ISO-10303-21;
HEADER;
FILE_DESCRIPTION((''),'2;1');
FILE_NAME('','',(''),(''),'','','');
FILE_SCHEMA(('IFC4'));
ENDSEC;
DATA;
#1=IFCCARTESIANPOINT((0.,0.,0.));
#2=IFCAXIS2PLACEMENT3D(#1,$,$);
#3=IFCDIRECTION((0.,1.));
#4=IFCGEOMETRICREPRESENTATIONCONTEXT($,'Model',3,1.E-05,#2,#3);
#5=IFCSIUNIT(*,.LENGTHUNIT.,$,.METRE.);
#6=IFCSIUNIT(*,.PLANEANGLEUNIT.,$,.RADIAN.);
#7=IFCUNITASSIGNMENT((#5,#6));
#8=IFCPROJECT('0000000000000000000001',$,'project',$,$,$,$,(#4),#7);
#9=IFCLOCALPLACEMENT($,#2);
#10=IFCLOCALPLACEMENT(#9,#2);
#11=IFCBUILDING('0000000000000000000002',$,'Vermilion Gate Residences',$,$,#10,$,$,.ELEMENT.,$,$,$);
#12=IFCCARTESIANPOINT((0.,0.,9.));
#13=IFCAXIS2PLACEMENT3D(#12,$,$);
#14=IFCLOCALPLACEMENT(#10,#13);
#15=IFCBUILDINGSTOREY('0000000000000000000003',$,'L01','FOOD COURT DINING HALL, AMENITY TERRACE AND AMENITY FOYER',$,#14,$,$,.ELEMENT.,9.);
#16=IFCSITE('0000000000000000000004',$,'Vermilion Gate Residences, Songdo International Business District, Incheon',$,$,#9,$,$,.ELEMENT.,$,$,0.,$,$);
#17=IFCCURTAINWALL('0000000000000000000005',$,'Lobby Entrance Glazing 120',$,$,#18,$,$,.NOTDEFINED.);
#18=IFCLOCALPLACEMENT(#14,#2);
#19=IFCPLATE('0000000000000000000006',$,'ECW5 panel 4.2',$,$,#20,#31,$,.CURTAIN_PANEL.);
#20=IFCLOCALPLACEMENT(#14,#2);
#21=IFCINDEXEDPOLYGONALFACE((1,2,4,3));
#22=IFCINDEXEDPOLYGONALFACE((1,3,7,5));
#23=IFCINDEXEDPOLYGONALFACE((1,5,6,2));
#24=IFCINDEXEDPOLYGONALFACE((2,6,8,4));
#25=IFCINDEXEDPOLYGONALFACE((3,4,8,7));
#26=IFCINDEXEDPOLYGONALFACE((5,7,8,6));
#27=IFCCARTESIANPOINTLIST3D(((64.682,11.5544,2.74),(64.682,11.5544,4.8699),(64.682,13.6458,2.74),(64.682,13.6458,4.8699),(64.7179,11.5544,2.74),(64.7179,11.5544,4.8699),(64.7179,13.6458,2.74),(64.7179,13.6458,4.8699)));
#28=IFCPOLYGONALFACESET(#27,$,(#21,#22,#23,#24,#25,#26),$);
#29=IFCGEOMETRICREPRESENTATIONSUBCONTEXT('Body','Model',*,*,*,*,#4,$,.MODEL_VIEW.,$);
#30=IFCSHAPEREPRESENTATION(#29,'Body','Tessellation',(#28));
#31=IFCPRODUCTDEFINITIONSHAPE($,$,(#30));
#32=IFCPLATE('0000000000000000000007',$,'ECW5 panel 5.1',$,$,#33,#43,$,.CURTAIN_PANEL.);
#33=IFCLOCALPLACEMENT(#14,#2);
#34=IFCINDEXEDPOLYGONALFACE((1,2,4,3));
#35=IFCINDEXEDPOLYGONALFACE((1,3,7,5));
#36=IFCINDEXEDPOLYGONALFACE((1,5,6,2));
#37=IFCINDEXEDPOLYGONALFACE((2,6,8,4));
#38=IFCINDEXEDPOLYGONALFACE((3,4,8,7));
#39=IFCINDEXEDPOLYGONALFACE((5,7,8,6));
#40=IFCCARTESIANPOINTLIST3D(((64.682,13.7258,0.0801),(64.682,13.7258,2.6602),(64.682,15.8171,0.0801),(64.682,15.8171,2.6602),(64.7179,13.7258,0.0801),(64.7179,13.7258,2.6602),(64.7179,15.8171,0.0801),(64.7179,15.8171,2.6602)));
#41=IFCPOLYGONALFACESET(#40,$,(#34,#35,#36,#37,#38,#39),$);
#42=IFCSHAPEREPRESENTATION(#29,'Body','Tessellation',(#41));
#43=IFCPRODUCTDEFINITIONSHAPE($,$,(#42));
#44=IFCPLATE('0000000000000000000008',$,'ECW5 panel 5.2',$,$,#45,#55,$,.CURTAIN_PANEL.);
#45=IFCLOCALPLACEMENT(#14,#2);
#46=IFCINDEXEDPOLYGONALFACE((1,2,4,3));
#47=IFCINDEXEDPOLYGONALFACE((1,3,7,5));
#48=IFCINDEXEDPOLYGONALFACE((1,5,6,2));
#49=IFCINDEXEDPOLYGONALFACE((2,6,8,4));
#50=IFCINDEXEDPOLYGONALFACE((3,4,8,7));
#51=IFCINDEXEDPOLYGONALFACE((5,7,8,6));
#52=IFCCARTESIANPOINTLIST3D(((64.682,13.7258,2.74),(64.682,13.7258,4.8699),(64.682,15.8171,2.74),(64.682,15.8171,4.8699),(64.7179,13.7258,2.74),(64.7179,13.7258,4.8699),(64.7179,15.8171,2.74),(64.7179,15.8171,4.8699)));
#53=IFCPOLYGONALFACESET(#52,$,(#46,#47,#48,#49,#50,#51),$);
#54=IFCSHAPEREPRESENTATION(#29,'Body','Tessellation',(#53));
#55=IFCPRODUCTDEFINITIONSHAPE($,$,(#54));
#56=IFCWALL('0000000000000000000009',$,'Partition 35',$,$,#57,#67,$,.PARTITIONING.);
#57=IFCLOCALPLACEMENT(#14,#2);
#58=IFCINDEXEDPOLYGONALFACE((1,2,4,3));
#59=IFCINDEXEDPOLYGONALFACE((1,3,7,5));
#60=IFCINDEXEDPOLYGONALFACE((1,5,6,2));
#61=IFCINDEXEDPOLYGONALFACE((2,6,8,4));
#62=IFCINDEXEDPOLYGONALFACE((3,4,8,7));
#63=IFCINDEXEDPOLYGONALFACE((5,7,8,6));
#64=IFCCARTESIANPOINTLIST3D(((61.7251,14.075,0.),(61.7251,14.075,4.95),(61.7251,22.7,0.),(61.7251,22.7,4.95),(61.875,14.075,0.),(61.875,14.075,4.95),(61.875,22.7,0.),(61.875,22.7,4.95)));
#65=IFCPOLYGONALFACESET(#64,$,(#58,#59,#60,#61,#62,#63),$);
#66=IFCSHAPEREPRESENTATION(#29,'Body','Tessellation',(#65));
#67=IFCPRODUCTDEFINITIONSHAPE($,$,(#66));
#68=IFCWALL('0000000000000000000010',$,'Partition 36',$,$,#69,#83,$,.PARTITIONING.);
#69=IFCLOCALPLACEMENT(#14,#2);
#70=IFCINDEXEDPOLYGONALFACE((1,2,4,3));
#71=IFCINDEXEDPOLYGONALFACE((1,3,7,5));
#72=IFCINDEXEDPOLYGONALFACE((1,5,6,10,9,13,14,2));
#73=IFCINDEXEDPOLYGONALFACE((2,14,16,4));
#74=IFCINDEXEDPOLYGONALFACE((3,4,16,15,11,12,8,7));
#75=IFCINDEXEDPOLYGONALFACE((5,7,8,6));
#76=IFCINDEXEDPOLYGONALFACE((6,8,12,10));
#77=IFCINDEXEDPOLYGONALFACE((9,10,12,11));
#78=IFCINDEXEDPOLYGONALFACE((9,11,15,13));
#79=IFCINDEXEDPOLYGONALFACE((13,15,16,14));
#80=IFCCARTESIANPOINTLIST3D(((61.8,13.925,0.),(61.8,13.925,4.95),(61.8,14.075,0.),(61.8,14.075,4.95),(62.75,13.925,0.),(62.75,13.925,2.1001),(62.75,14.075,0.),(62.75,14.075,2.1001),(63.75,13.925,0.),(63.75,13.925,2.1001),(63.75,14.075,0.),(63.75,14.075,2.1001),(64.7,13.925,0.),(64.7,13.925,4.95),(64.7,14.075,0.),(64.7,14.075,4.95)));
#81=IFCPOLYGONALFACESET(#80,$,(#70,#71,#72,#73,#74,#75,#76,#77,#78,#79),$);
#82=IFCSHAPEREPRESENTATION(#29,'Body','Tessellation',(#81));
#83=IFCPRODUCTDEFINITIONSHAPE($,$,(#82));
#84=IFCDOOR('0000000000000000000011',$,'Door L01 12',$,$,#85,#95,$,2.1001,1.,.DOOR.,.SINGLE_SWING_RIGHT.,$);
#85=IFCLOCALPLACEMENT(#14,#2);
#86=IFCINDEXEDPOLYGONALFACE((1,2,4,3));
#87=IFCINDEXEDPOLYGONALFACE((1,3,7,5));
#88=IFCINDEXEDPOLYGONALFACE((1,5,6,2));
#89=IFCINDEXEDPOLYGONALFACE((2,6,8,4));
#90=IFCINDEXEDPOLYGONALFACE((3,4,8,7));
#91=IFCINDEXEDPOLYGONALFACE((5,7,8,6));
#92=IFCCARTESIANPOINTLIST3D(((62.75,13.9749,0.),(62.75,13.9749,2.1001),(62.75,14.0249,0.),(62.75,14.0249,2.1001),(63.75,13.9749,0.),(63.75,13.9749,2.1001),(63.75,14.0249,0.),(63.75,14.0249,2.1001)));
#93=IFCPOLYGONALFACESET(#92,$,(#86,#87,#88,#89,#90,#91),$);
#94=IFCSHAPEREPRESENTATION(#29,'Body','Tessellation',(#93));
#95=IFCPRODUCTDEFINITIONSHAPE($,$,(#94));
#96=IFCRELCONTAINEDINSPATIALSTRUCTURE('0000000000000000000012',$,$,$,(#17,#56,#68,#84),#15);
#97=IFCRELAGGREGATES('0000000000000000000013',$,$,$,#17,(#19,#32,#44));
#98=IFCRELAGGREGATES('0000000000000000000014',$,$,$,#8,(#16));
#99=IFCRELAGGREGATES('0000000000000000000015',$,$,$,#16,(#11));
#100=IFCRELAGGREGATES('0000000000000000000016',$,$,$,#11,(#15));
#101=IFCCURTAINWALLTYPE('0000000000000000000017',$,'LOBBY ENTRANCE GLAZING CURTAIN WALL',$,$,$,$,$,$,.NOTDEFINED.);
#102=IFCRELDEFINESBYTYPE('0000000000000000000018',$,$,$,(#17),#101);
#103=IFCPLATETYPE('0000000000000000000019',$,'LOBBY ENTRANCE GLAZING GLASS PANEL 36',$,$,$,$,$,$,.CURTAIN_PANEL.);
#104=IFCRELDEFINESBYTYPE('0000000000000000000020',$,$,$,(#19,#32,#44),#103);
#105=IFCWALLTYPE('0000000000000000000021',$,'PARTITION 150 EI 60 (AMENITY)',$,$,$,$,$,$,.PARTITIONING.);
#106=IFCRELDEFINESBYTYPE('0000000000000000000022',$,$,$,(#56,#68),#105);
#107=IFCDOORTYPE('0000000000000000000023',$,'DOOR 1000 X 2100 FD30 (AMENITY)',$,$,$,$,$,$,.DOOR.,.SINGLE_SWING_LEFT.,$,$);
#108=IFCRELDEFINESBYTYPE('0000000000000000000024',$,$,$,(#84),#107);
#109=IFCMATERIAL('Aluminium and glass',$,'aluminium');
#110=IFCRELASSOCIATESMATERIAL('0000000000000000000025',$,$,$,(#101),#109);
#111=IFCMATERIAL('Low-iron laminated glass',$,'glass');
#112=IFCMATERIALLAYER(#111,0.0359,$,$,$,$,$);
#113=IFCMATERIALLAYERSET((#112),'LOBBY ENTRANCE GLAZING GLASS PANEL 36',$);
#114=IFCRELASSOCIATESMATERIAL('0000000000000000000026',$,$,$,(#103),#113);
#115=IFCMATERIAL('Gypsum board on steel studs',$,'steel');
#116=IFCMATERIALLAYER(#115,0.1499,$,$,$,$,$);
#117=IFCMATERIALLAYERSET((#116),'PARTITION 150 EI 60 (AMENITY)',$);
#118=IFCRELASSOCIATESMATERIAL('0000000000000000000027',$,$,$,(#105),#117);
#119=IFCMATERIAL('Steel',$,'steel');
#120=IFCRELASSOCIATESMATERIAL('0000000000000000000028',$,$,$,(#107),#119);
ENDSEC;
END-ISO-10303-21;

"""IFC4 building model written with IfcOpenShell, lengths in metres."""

from ifc_helpers import new_model, si_unit, direction, frame, frame_2d, origin, origin_2d, place, context, subcontext, project, spatial, rectangle, extrude, material, layer, layer_set, type_object, element, fill, aggregate, save


model = new_model("IFC4")

# Units and contexts
model_context = context("Model", 3, precision=1e-05, world=origin(), true_north=direction((0.0, 1.0)))
body_context = subcontext(model_context, "Body", "Model", "MODEL_VIEW")
ifc_project = project(units=[si_unit("LENGTHUNIT", "METRE"), si_unit("PLANEANGLEUNIT", "RADIAN")], contexts=[model_context])

# Site, building, storey
site_placement = place(None, origin())
site = spatial("IfcSite", under=ifc_project, at=site_placement, Name="Vermilion Gate Residences, Songdo International Business District, Incheon", CompositionType="ELEMENT", RefElevation=0.0)
building_placement = place(site_placement, origin())
building = spatial("IfcBuilding", under=site, at=building_placement, Name="Vermilion Gate Residences", CompositionType="ELEMENT")
storey_placement = place(building_placement, frame((0.0, 0.0, 9.0)))
storey = spatial("IfcBuildingStorey", under=building, at=storey_placement, Name="L01", Description="FOOD COURT DINING HALL, AMENITY TERRACE AND AMENITY FOYER", CompositionType="ELEMENT", Elevation=9.0)

# Curtain wall, plates
ifc_material_1 = material(Name="Aluminium and glass", Category="aluminium")
curtain_wall_type = type_object("IfcCurtainWallType", Name="LOBBY ENTRANCE GLAZING CURTAIN WALL", PredefinedType="NOTDEFINED", material=ifc_material_1)
curtain_wall_placement = place(storey_placement, origin())
curtain_wall = element("IfcCurtainWall", 1, at=curtain_wall_placement, inside=storey, type_object=curtain_wall_type, Name="Lobby Entrance Glazing 120", PredefinedType="NOTDEFINED")
ifc_material_2 = material(Name="Low-iron laminated glass", Category="glass")
ifc_layer_1 = layer(ifc_material_2, 0.0359)
ifc_layer_set_1 = layer_set([ifc_layer_1], Name="LOBBY ENTRANCE GLAZING GLASS PANEL 36")
plate_type = type_object("IfcPlateType", Name="LOBBY ENTRANCE GLAZING GLASS PANEL 36", PredefinedType="CURTAIN_PANEL", material=ifc_layer_set_1)
plate_1_placement = place(storey_placement, frame((64.7, 12.6001, 2.74), z_axis=(0.0, 0.0, 1.0), x_axis=(0.0, 1.0, 0.0)))
plate_1 = element("IfcPlate", 2, at=plate_1_placement, type_object=plate_type, Name="ECW5 panel 4.2", PredefinedType="CURTAIN_PANEL", context=body_context, shape_type="SweptSolid", body=[
    extrude(rectangle(XDim=2.0913, YDim=0.0359, at=origin_2d()), origin(), (0.0, 0.0, 1.0), 2.1299),
])
plate_2_placement = place(storey_placement, frame((64.7, 14.7715, 0.0801), z_axis=(0.0, 0.0, 1.0), x_axis=(0.0, 1.0, 0.0)))
plate_2 = element("IfcPlate", 3, at=plate_2_placement, type_object=plate_type, Name="ECW5 panel 5.1", PredefinedType="CURTAIN_PANEL", context=body_context, shape_type="SweptSolid", body=[
    extrude(rectangle(XDim=2.0913, YDim=0.0359, at=origin_2d()), origin(), (0.0, 0.0, 1.0), 2.5801),
])
plate_3_placement = place(storey_placement, frame((64.7, 14.7715, 2.74), z_axis=(0.0, 0.0, 1.0), x_axis=(0.0, 1.0, 0.0)))
plate_3 = element("IfcPlate", 4, at=plate_3_placement, type_object=plate_type, Name="ECW5 panel 5.2", PredefinedType="CURTAIN_PANEL", context=body_context, shape_type="SweptSolid", body=[
    extrude(rectangle(XDim=2.0913, YDim=0.0359, at=origin_2d()), origin(), (0.0, 0.0, 1.0), 2.1299),
])
aggregate(curtain_wall, [plate_1, plate_2, plate_3])

# Wall
ifc_material_3 = material(Name="Gypsum board on steel studs", Category="steel")
ifc_layer_2 = layer(ifc_material_3, 0.1499)
ifc_layer_set_2 = layer_set([ifc_layer_2], Name="PARTITION 150 EI 60 (AMENITY)")
wall_type = type_object("IfcWallType", Name="PARTITION 150 EI 60 (AMENITY)", PredefinedType="PARTITIONING", material=ifc_layer_set_2)
wall_1_placement = place(storey_placement, frame((61.8, 14.075, 0.0), z_axis=(0.0, 0.0, 1.0), x_axis=(0.0, 1.0, 0.0)))
element("IfcWall", 5, at=wall_1_placement, inside=storey, type_object=wall_type, Name="Partition 35", PredefinedType="PARTITIONING", context=body_context, shape_type="SweptSolid", body=[
    extrude(rectangle(XDim=8.625, YDim=0.1499, at=frame_2d((4.3125, 0.0))), origin(), (0.0, 0.0, 1.0), 4.95),
])

# Wall, opening, door
wall_2_placement = place(storey_placement, frame((61.8, 14.0, 0.0), z_axis=(0.0, 0.0, 1.0), x_axis=(1.0, 0.0, 0.0)))
wall_2 = element("IfcWall", 6, at=wall_2_placement, inside=storey, type_object=wall_type, Name="Partition 36", PredefinedType="PARTITIONING", context=body_context, shape_type="SweptSolid", body=[
    extrude(rectangle(XDim=2.8999, YDim=0.1499, at=frame_2d((1.45, 0.0))), origin(), (0.0, 0.0, 1.0), 4.95),
])
opening_placement = place(wall_2_placement, frame((0.95, 0.0, 0.0)))
opening = element("IfcOpeningElement", 7, at=opening_placement, cuts=wall_2, PredefinedType="OPENING", context=body_context, shape_type="SweptSolid", body=[
    extrude(rectangle(XDim=1.0, YDim=2.1001, at=frame_2d((0.5, 1.05))), frame((0.0, 0.085, 0.0), z_axis=(0.0, -1.0, 0.0), x_axis=(1.0, 0.0, 0.0)), (0.0, 0.0, 1.0), 0.1699),
])
ifc_material_4 = material(Name="Steel", Category="steel")
door_type = type_object("IfcDoorType", Name="DOOR 1000 X 2100 FD30 (AMENITY)", OperationType="SINGLE_SWING_LEFT", PredefinedType="DOOR", material=ifc_material_4)
door_placement = place(opening_placement, origin())
door = element("IfcDoor", 8, at=door_placement, inside=storey, type_object=door_type, Name="Door L01 12", OperationType="SINGLE_SWING_RIGHT", OverallHeight=2.1001, OverallWidth=1.0, PredefinedType="DOOR", context=body_context, shape_type="SweptSolid", body=[
    extrude(rectangle(XDim=1.0, YDim=2.1001, at=frame_2d((0.5, 1.05))), frame((0.0, 0.0249, 0.0), z_axis=(0.0, -1.0, 0.0), x_axis=(1.0, 0.0, 0.0)), (0.0, 0.0, 1.0), 0.05),
])
fill(opening, door)

save(model, "model.ifc")
